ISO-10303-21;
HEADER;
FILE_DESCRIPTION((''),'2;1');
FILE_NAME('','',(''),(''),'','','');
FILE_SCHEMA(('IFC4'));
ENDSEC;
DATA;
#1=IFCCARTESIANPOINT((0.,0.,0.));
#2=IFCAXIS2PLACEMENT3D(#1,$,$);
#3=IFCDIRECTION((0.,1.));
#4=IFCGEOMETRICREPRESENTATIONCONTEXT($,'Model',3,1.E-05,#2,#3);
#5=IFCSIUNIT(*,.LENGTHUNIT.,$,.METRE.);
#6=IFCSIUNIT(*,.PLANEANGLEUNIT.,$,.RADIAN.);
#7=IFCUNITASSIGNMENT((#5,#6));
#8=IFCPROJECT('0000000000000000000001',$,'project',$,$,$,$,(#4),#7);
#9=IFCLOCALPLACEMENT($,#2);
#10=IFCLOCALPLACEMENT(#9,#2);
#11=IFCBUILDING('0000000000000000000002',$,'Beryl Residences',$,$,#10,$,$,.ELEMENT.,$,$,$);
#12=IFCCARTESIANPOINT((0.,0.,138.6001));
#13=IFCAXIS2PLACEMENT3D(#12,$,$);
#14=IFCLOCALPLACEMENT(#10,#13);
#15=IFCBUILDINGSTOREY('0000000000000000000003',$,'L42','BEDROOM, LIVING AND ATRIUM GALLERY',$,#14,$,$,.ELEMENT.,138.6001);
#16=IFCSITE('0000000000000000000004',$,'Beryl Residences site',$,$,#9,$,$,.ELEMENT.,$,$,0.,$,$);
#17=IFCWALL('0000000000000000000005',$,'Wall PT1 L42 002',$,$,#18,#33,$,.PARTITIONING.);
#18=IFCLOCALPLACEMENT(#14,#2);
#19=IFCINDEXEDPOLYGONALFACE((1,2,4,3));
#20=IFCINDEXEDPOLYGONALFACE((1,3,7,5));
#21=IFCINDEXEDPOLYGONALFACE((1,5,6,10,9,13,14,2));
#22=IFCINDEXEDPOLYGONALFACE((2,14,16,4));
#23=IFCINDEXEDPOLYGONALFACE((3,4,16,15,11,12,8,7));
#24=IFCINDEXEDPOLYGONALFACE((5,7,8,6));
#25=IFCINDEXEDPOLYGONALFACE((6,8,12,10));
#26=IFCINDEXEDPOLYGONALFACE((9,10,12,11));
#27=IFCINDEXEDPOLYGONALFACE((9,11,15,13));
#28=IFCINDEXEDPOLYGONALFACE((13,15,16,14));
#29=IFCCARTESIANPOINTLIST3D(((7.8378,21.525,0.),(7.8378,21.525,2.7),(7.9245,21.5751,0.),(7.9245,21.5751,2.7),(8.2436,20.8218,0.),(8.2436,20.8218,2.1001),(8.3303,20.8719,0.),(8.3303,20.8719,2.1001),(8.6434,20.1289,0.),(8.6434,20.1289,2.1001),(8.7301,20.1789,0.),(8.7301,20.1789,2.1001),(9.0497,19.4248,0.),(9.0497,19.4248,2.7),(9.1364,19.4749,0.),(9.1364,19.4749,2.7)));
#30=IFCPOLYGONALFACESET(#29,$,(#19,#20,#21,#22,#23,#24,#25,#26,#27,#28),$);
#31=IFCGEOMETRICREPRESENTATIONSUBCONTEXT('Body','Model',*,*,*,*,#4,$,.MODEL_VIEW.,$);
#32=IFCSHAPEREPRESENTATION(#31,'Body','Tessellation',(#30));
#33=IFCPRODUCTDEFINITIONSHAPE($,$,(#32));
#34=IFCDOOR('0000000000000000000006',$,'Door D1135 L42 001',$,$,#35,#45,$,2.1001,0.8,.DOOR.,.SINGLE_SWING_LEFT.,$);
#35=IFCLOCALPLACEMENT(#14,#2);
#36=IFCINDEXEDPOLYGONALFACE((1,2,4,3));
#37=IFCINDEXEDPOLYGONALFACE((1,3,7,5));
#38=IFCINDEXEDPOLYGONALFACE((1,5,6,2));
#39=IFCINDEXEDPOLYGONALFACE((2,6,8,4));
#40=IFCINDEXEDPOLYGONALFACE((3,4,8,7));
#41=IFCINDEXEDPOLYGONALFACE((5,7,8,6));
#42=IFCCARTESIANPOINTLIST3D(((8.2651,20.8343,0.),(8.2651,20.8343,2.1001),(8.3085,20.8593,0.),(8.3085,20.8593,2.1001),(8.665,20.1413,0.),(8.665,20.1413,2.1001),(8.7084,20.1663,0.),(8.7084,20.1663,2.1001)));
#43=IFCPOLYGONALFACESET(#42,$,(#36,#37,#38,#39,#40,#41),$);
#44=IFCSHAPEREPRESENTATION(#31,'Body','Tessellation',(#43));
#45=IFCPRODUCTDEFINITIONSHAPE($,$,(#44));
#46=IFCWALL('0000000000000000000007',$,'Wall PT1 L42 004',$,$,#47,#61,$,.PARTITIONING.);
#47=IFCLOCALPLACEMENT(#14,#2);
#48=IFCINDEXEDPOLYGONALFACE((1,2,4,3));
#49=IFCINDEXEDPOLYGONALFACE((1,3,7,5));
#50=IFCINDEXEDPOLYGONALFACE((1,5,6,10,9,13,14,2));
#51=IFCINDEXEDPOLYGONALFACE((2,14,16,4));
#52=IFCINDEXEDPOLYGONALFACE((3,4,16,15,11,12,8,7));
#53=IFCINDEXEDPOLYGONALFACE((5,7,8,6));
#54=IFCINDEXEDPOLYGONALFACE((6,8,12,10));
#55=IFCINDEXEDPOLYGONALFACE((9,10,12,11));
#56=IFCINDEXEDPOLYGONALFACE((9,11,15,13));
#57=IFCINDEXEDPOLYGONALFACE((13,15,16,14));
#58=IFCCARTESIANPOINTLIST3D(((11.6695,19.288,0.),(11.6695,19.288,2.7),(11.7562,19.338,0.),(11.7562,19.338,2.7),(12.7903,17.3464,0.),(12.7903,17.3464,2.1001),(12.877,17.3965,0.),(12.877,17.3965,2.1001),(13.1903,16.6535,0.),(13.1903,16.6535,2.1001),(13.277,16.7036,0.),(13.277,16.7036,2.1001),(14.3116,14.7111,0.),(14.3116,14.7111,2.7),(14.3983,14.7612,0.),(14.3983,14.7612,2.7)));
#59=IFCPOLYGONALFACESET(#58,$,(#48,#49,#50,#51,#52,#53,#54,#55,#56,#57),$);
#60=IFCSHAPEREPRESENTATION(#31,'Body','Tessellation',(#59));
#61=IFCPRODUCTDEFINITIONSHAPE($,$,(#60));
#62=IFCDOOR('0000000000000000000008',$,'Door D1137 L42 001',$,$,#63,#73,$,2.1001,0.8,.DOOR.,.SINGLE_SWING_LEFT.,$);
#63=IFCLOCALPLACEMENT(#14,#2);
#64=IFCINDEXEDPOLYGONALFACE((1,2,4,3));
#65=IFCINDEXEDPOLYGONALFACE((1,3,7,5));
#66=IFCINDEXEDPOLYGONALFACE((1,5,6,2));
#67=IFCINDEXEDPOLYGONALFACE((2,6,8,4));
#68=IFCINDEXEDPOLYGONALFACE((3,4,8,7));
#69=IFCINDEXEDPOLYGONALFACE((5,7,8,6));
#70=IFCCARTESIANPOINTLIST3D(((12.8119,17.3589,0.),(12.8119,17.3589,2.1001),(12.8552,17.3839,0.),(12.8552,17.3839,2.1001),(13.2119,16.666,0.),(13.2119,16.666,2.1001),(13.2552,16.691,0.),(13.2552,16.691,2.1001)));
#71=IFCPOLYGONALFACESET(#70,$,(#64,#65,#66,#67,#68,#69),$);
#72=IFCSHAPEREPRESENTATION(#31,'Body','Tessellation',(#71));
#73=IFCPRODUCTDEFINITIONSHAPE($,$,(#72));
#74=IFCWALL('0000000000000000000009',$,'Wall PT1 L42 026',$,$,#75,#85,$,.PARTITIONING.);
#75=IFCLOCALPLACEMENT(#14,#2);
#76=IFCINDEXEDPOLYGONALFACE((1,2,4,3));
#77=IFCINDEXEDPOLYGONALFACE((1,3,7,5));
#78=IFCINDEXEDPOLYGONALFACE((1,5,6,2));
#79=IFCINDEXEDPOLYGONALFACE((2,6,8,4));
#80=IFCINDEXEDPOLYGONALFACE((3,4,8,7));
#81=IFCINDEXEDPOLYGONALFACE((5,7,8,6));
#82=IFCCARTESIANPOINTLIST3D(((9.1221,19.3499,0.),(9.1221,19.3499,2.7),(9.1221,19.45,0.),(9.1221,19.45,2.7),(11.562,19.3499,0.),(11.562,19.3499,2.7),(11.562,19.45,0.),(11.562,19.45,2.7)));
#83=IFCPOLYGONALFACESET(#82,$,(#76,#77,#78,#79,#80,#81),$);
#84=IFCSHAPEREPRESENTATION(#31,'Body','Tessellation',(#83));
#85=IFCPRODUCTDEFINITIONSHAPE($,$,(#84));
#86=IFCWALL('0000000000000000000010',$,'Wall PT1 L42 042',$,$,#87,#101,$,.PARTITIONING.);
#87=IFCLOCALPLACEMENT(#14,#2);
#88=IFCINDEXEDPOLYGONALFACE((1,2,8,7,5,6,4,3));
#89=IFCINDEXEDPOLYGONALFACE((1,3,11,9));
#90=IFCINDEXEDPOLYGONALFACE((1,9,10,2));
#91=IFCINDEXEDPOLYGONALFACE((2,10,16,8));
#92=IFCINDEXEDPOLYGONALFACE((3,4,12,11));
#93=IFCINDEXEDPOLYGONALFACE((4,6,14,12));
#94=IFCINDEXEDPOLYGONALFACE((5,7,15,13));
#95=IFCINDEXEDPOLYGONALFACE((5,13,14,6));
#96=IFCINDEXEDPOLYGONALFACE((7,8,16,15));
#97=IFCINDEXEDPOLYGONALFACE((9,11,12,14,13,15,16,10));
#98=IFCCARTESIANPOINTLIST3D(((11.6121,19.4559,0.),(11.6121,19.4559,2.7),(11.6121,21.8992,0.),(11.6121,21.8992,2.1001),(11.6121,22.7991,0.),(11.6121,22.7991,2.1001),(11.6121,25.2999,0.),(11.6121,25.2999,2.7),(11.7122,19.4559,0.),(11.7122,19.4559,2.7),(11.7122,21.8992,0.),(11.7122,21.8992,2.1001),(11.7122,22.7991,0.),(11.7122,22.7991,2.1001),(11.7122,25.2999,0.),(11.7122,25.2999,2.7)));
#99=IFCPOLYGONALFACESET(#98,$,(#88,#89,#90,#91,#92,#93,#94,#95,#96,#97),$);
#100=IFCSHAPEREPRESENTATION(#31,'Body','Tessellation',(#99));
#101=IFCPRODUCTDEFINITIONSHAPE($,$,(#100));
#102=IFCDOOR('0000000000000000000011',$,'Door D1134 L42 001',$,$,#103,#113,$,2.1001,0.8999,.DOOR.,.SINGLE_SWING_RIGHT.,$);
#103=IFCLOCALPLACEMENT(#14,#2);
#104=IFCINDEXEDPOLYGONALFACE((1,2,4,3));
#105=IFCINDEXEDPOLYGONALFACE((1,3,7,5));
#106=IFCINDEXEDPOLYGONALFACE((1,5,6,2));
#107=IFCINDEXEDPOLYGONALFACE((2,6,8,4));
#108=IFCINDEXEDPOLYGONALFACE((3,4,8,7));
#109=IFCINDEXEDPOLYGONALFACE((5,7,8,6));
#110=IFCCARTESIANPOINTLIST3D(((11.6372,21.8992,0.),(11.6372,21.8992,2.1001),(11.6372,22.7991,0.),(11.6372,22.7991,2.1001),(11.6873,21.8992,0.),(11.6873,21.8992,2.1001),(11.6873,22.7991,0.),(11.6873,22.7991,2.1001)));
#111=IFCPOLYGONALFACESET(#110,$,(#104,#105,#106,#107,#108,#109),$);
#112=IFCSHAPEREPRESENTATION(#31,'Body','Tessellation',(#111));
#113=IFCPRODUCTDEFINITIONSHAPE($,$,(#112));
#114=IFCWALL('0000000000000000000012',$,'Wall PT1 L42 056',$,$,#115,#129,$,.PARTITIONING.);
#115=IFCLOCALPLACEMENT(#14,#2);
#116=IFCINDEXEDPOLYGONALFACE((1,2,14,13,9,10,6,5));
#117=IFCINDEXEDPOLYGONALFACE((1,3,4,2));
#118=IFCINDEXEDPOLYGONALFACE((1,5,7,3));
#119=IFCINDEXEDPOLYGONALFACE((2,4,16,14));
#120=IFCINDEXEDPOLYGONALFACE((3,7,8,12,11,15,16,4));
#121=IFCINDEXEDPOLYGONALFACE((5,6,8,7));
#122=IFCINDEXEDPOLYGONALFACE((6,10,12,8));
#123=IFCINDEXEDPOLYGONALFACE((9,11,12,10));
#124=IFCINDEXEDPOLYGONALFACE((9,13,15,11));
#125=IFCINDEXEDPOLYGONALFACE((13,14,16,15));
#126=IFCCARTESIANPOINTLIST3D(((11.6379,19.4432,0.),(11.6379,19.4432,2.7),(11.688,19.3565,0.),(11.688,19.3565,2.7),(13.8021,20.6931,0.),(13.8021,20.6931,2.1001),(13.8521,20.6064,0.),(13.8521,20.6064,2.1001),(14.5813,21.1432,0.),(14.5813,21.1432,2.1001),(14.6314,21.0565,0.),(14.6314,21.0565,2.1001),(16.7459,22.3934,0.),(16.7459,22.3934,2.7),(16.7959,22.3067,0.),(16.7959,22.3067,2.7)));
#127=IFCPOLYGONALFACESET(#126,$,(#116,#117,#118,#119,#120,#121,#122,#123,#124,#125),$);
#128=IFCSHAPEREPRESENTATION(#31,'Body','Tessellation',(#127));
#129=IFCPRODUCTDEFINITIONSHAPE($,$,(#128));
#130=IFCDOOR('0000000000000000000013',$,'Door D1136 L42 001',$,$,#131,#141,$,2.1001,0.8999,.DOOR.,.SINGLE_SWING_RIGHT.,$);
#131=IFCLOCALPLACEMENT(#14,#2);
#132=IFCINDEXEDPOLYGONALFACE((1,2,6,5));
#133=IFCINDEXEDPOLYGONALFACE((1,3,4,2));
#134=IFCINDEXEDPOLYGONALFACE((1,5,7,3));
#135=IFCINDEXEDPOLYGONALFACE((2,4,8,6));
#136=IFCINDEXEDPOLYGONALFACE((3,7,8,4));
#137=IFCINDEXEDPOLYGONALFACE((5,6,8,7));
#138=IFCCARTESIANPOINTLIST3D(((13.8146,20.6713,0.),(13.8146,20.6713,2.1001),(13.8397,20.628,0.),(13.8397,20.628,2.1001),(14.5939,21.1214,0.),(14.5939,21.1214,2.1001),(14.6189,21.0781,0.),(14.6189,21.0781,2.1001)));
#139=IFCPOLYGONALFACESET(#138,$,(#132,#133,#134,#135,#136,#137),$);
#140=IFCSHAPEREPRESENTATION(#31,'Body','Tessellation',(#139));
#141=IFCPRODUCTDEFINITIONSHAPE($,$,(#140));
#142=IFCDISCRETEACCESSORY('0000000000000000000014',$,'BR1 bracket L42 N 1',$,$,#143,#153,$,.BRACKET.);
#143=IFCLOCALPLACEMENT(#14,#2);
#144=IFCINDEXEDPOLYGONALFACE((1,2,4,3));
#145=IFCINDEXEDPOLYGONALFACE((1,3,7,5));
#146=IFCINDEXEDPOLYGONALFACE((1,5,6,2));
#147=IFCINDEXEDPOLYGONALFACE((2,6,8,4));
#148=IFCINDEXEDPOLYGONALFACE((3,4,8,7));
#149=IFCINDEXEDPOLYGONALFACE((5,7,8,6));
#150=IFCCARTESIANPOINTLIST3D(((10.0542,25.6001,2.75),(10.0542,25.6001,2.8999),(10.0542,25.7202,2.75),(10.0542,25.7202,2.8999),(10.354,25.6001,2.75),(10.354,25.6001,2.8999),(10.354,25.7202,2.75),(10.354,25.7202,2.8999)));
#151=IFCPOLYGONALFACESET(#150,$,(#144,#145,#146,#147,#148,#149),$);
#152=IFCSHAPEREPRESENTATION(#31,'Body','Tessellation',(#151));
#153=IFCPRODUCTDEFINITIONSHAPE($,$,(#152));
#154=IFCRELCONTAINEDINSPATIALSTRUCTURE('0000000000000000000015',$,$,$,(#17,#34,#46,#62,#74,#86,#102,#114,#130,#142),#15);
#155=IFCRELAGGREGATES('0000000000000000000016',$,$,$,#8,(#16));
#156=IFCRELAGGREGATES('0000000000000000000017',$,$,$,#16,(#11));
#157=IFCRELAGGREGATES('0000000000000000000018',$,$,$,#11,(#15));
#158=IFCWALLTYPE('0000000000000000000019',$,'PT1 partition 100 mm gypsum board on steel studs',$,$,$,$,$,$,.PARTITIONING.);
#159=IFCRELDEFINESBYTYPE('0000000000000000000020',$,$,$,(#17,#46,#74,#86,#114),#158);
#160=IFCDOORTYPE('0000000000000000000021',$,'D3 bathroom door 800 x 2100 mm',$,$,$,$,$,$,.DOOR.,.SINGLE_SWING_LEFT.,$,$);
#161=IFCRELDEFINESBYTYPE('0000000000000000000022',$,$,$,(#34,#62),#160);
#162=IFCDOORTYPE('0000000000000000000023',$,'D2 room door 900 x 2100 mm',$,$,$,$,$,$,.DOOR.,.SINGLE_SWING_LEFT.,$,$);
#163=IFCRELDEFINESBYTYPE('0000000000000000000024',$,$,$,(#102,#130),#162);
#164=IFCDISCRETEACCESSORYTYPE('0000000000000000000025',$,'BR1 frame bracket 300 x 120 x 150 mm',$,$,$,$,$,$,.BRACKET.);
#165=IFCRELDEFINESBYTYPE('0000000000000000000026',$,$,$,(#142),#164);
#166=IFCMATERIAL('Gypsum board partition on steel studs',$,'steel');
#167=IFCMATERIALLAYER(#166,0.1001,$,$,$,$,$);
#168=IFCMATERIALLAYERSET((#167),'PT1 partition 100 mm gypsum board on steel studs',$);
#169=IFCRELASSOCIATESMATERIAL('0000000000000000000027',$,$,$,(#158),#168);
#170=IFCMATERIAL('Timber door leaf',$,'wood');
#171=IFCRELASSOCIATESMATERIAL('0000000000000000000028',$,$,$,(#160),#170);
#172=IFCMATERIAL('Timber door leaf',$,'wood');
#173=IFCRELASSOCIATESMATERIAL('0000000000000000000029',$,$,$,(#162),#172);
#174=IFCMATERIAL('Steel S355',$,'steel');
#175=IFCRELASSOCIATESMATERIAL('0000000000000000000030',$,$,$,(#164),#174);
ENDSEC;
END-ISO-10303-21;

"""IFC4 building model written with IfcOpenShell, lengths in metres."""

from ifc_helpers import new_model, si_unit, direction, frame, frame_2d, origin, place, context, subcontext, project, spatial, polyline, rectangle, outline, extrude, source, transform, mapped, material, layer, layer_set, type_object, type_shapes, element, fill, save


model = new_model("IFC4")

# Units and contexts
model_context = context("Model", 3, precision=1e-05, world=origin(), true_north=direction((0.0, 1.0)))
body_context = subcontext(model_context, "Body", "Model", "MODEL_VIEW")
ifc_project = project(units=[si_unit("LENGTHUNIT", "METRE"), si_unit("PLANEANGLEUNIT", "RADIAN")], contexts=[model_context])

# Site, building, storey
site_placement = place(None, origin())
site = spatial("IfcSite", under=ifc_project, at=site_placement, Name="Beryl Residences site", CompositionType="ELEMENT", RefElevation=0.0)
building_placement = place(site_placement, origin())
building = spatial("IfcBuilding", under=site, at=building_placement, Name="Beryl Residences", CompositionType="ELEMENT")
storey_placement = place(building_placement, frame((0.0, 0.0, 138.6001)))
storey = spatial("IfcBuildingStorey", under=building, at=storey_placement, Name="L42", Description="BEDROOM, LIVING AND ATRIUM GALLERY", CompositionType="ELEMENT", Elevation=138.6001)

# Walls, openings, doors
ifc_material_1 = material(Name="Gypsum board partition on steel studs", Category="steel")
ifc_layer_1 = layer(ifc_material_1, 0.1001)
ifc_layer_set_1 = layer_set([ifc_layer_1], Name="PT1 partition 100 mm gypsum board on steel studs")
wall_type_1 = type_object("IfcWallType", Name="PT1 partition 100 mm gypsum board on steel studs", PredefinedType="PARTITIONING", material=ifc_layer_set_1)
wall_1_placement = place(storey_placement, frame((7.8811, 21.55, 0.0), z_axis=(0.0, 0.0, 1.0), x_axis=(0.499821, -0.866129, 0.0)))
wall_1 = element("IfcWall", 1, at=wall_1_placement, inside=storey, type_object=wall_type_1, Name="Wall PT1 L42 002", PredefinedType="PARTITIONING", context=body_context, shape_type="SweptSolid", body=[
    extrude(rectangle(XDim=2.4248, YDim=0.1001, at=frame_2d((1.2124, 0.0))), origin(), (0.0, 0.0, 1.0), 2.7),
])
opening_1_placement = place(wall_1_placement, frame((0.812, 0.0, 0.0)))
opening_1 = element("IfcOpeningElement", 2, at=opening_1_placement, cuts=wall_1, PredefinedType="OPENING", context=body_context, shape_type="SweptSolid", body=[
    extrude(rectangle(XDim=0.8, YDim=2.1001, at=frame_2d((0.3999, 1.05))), frame((0.0, 0.0601, 0.0), z_axis=(0.0, -1.0, 0.0), x_axis=(1.0, 0.0, 0.0)), (0.0, 0.0, 1.0), 0.1201),
])
ifc_material_2 = material(Name="Timber door leaf", Category="wood")
door_type_1 = type_object("IfcDoorType", Name="D3 bathroom door 800 x 2100 mm", OperationType="SINGLE_SWING_LEFT", PredefinedType="DOOR", material=ifc_material_2)
door_1_placement = place(opening_1_placement, origin())
door_1 = element("IfcDoor", 3, at=door_1_placement, inside=storey, type_object=door_type_1, Name="Door D1135 L42 001", OperationType="SINGLE_SWING_LEFT", OverallHeight=2.1001, OverallWidth=0.8, PredefinedType="DOOR", context=body_context, shape_type="SweptSolid", body=[
    extrude(rectangle(XDim=0.8, YDim=2.1001, at=frame_2d((0.3999, 1.05))), frame((0.0, 0.0249, 0.0), z_axis=(0.0, -1.0, 0.0), x_axis=(1.0, 0.0, 0.0)), (0.0, 0.0, 1.0), 0.05),
])
fill(opening_1, door_1)
wall_2_placement = place(storey_placement, frame((11.7129, 19.313, 0.0), z_axis=(0.0, 0.0, 1.0), x_axis=(0.499945, -0.866057, 0.0)))
wall_2 = element("IfcWall", 4, at=wall_2_placement, inside=storey, type_object=wall_type_1, Name="Wall PT1 L42 004", PredefinedType="PARTITIONING", context=body_context, shape_type="SweptSolid", body=[
    extrude(rectangle(XDim=5.2847, YDim=0.1001, at=frame_2d((2.6423, 0.0))), origin(), (0.0, 0.0, 1.0), 2.7),
])
opening_2_placement = place(wall_2_placement, frame((2.2419, 0.0, 0.0)))
opening_2 = element("IfcOpeningElement", 5, at=opening_2_placement, cuts=wall_2, PredefinedType="OPENING", context=body_context, shape_type="SweptSolid", body=[
    extrude(rectangle(XDim=0.8, YDim=2.1001, at=frame_2d((0.3999, 1.05))), frame((0.0, 0.0601, 0.0), z_axis=(0.0, -1.0, 0.0), x_axis=(1.0, 0.0, 0.0)), (0.0, 0.0, 1.0), 0.1201),
])
door_2_placement = place(opening_2_placement, origin())
door_2 = element("IfcDoor", 6, at=door_2_placement, inside=storey, type_object=door_type_1, Name="Door D1137 L42 001", OperationType="SINGLE_SWING_LEFT", OverallHeight=2.1001, OverallWidth=0.8, PredefinedType="DOOR", context=body_context, shape_type="SweptSolid", body=[
    extrude(rectangle(XDim=0.8, YDim=2.1001, at=frame_2d((0.3999, 1.05))), frame((0.0, 0.0249, 0.0), z_axis=(0.0, -1.0, 0.0), x_axis=(1.0, 0.0, 0.0)), (0.0, 0.0, 1.0), 0.05),
])
fill(opening_2, door_2)

# Wall
wall_3_placement = place(storey_placement, frame((9.1221, 19.3999, 0.0), z_axis=(0.0, 0.0, 1.0), x_axis=(1.0, 0.0, 0.0)))
element("IfcWall", 7, at=wall_3_placement, inside=storey, type_object=wall_type_1, Name="Wall PT1 L42 026", PredefinedType="PARTITIONING", context=body_context, shape_type="SweptSolid", body=[
    extrude(rectangle(XDim=2.4399, YDim=0.1001, at=frame_2d((1.22, 0.0))), origin(), (0.0, 0.0, 1.0), 2.7),
])

# Walls, openings, doors
wall_4_placement = place(storey_placement, frame((11.6621, 19.4561, 0.0), z_axis=(0.0, 0.0, 1.0), x_axis=(0.0, 1.0, 0.0)))
wall_4 = element("IfcWall", 8, at=wall_4_placement, inside=storey, type_object=wall_type_1, Name="Wall PT1 L42 042", PredefinedType="PARTITIONING", context=body_context, shape_type="SweptSolid", body=[
    extrude(rectangle(XDim=5.844, YDim=0.1001, at=frame_2d((2.9219, 0.0))), origin(), (0.0, 0.0, 1.0), 2.7),
])
opening_3_placement = place(wall_4_placement, frame((2.4431, 0.0, 0.0)))
opening_3 = element("IfcOpeningElement", 9, at=opening_3_placement, cuts=wall_4, PredefinedType="OPENING", context=body_context, shape_type="SweptSolid", body=[
    extrude(rectangle(XDim=0.8999, YDim=2.1001, at=frame_2d((0.45, 1.05))), frame((0.0, 0.0601, 0.0), z_axis=(0.0, -1.0, 0.0), x_axis=(1.0, 0.0, 0.0)), (0.0, 0.0, 1.0), 0.1201),
])
ifc_material_3 = material(Name="Timber door leaf", Category="wood")
door_type_2 = type_object("IfcDoorType", Name="D2 room door 900 x 2100 mm", OperationType="SINGLE_SWING_LEFT", PredefinedType="DOOR", material=ifc_material_3)
door_3_placement = place(opening_3_placement, origin())
door_3 = element("IfcDoor", 10, at=door_3_placement, inside=storey, type_object=door_type_2, Name="Door D1134 L42 001", OperationType="SINGLE_SWING_RIGHT", OverallHeight=2.1001, OverallWidth=0.8999, PredefinedType="DOOR", context=body_context, shape_type="SweptSolid", body=[
    extrude(rectangle(XDim=0.8999, YDim=2.1001, at=frame_2d((0.45, 1.05))), frame((0.0, 0.0249, 0.0), z_axis=(0.0, -1.0, 0.0), x_axis=(1.0, 0.0, 0.0)), (0.0, 0.0, 1.0), 0.05),
])
fill(opening_3, door_3)
wall_5_placement = place(storey_placement, frame((11.6631, 19.3999, 0.0), z_axis=(0.0, 0.0, 1.0), x_axis=(0.865942, 0.500145, 0.0)))
wall_5 = element("IfcWall", 11, at=wall_5_placement, inside=storey, type_object=wall_type_1, Name="Wall PT1 L42 056", PredefinedType="PARTITIONING", context=body_context, shape_type="SweptSolid", body=[
    extrude(rectangle(XDim=5.8987, YDim=0.1001, at=frame_2d((2.9492, 0.0))), origin(), (0.0, 0.0, 1.0), 2.7),
])
opening_4_placement = place(wall_5_placement, frame((2.499, 0.0, 0.0)))
opening_4 = element("IfcOpeningElement", 12, at=opening_4_placement, cuts=wall_5, PredefinedType="OPENING", context=body_context, shape_type="SweptSolid", body=[
    extrude(rectangle(XDim=0.8999, YDim=2.1001, at=frame_2d((0.45, 1.05))), frame((0.0, 0.0601, 0.0), z_axis=(0.0, -1.0, 0.0), x_axis=(1.0, 0.0, 0.0)), (0.0, 0.0, 1.0), 0.1201),
])
door_4_placement = place(opening_4_placement, origin())
door_4 = element("IfcDoor", 13, at=door_4_placement, inside=storey, type_object=door_type_2, Name="Door D1136 L42 001", OperationType="SINGLE_SWING_RIGHT", OverallHeight=2.1001, OverallWidth=0.8999, PredefinedType="DOOR", context=body_context, shape_type="SweptSolid", body=[
    extrude(rectangle(XDim=0.8999, YDim=2.1001, at=frame_2d((0.45, 1.05))), frame((0.0, 0.0249, 0.0), z_axis=(0.0, -1.0, 0.0), x_axis=(1.0, 0.0, 0.0)), (0.0, 0.0, 1.0), 0.05),
])
fill(opening_4, door_4)

# Discrete accessory
ifc_material_4 = material(Name="Steel S355", Category="steel")
discrete_accessory_type = type_object("IfcDiscreteAccessoryType", Name="BR1 frame bracket 300 x 120 x 150 mm", PredefinedType="BRACKET", material=ifc_material_4)
shared_shape_1 = source(origin(), body_context, "Body", "SweptSolid", [
    extrude(outline(polyline([(-0.1499, 0.0), (0.1499, 0.0), (0.1499, 0.1201), (-0.1499, 0.1201), (-0.1499, 0.0)])), origin(), (0.0, 0.0, 1.0), 0.1499),
])
type_shapes(discrete_accessory_type, [shared_shape_1])
discrete_accessory_placement = place(storey_placement, frame((10.2041, 25.6001, 2.75), z_axis=(0.0, 0.0, 1.0), x_axis=(1.0, 0.0, 0.0)))
element("IfcDiscreteAccessory", 14, at=discrete_accessory_placement, inside=storey, type_object=discrete_accessory_type, Name="BR1 bracket L42 N 1", PredefinedType="BRACKET", context=body_context, shape_type="MappedRepresentation", body=[
    mapped(shared_shape_1, transform((0.0, 0.0, 0.0))),
])

save(model, "model.ifc")
